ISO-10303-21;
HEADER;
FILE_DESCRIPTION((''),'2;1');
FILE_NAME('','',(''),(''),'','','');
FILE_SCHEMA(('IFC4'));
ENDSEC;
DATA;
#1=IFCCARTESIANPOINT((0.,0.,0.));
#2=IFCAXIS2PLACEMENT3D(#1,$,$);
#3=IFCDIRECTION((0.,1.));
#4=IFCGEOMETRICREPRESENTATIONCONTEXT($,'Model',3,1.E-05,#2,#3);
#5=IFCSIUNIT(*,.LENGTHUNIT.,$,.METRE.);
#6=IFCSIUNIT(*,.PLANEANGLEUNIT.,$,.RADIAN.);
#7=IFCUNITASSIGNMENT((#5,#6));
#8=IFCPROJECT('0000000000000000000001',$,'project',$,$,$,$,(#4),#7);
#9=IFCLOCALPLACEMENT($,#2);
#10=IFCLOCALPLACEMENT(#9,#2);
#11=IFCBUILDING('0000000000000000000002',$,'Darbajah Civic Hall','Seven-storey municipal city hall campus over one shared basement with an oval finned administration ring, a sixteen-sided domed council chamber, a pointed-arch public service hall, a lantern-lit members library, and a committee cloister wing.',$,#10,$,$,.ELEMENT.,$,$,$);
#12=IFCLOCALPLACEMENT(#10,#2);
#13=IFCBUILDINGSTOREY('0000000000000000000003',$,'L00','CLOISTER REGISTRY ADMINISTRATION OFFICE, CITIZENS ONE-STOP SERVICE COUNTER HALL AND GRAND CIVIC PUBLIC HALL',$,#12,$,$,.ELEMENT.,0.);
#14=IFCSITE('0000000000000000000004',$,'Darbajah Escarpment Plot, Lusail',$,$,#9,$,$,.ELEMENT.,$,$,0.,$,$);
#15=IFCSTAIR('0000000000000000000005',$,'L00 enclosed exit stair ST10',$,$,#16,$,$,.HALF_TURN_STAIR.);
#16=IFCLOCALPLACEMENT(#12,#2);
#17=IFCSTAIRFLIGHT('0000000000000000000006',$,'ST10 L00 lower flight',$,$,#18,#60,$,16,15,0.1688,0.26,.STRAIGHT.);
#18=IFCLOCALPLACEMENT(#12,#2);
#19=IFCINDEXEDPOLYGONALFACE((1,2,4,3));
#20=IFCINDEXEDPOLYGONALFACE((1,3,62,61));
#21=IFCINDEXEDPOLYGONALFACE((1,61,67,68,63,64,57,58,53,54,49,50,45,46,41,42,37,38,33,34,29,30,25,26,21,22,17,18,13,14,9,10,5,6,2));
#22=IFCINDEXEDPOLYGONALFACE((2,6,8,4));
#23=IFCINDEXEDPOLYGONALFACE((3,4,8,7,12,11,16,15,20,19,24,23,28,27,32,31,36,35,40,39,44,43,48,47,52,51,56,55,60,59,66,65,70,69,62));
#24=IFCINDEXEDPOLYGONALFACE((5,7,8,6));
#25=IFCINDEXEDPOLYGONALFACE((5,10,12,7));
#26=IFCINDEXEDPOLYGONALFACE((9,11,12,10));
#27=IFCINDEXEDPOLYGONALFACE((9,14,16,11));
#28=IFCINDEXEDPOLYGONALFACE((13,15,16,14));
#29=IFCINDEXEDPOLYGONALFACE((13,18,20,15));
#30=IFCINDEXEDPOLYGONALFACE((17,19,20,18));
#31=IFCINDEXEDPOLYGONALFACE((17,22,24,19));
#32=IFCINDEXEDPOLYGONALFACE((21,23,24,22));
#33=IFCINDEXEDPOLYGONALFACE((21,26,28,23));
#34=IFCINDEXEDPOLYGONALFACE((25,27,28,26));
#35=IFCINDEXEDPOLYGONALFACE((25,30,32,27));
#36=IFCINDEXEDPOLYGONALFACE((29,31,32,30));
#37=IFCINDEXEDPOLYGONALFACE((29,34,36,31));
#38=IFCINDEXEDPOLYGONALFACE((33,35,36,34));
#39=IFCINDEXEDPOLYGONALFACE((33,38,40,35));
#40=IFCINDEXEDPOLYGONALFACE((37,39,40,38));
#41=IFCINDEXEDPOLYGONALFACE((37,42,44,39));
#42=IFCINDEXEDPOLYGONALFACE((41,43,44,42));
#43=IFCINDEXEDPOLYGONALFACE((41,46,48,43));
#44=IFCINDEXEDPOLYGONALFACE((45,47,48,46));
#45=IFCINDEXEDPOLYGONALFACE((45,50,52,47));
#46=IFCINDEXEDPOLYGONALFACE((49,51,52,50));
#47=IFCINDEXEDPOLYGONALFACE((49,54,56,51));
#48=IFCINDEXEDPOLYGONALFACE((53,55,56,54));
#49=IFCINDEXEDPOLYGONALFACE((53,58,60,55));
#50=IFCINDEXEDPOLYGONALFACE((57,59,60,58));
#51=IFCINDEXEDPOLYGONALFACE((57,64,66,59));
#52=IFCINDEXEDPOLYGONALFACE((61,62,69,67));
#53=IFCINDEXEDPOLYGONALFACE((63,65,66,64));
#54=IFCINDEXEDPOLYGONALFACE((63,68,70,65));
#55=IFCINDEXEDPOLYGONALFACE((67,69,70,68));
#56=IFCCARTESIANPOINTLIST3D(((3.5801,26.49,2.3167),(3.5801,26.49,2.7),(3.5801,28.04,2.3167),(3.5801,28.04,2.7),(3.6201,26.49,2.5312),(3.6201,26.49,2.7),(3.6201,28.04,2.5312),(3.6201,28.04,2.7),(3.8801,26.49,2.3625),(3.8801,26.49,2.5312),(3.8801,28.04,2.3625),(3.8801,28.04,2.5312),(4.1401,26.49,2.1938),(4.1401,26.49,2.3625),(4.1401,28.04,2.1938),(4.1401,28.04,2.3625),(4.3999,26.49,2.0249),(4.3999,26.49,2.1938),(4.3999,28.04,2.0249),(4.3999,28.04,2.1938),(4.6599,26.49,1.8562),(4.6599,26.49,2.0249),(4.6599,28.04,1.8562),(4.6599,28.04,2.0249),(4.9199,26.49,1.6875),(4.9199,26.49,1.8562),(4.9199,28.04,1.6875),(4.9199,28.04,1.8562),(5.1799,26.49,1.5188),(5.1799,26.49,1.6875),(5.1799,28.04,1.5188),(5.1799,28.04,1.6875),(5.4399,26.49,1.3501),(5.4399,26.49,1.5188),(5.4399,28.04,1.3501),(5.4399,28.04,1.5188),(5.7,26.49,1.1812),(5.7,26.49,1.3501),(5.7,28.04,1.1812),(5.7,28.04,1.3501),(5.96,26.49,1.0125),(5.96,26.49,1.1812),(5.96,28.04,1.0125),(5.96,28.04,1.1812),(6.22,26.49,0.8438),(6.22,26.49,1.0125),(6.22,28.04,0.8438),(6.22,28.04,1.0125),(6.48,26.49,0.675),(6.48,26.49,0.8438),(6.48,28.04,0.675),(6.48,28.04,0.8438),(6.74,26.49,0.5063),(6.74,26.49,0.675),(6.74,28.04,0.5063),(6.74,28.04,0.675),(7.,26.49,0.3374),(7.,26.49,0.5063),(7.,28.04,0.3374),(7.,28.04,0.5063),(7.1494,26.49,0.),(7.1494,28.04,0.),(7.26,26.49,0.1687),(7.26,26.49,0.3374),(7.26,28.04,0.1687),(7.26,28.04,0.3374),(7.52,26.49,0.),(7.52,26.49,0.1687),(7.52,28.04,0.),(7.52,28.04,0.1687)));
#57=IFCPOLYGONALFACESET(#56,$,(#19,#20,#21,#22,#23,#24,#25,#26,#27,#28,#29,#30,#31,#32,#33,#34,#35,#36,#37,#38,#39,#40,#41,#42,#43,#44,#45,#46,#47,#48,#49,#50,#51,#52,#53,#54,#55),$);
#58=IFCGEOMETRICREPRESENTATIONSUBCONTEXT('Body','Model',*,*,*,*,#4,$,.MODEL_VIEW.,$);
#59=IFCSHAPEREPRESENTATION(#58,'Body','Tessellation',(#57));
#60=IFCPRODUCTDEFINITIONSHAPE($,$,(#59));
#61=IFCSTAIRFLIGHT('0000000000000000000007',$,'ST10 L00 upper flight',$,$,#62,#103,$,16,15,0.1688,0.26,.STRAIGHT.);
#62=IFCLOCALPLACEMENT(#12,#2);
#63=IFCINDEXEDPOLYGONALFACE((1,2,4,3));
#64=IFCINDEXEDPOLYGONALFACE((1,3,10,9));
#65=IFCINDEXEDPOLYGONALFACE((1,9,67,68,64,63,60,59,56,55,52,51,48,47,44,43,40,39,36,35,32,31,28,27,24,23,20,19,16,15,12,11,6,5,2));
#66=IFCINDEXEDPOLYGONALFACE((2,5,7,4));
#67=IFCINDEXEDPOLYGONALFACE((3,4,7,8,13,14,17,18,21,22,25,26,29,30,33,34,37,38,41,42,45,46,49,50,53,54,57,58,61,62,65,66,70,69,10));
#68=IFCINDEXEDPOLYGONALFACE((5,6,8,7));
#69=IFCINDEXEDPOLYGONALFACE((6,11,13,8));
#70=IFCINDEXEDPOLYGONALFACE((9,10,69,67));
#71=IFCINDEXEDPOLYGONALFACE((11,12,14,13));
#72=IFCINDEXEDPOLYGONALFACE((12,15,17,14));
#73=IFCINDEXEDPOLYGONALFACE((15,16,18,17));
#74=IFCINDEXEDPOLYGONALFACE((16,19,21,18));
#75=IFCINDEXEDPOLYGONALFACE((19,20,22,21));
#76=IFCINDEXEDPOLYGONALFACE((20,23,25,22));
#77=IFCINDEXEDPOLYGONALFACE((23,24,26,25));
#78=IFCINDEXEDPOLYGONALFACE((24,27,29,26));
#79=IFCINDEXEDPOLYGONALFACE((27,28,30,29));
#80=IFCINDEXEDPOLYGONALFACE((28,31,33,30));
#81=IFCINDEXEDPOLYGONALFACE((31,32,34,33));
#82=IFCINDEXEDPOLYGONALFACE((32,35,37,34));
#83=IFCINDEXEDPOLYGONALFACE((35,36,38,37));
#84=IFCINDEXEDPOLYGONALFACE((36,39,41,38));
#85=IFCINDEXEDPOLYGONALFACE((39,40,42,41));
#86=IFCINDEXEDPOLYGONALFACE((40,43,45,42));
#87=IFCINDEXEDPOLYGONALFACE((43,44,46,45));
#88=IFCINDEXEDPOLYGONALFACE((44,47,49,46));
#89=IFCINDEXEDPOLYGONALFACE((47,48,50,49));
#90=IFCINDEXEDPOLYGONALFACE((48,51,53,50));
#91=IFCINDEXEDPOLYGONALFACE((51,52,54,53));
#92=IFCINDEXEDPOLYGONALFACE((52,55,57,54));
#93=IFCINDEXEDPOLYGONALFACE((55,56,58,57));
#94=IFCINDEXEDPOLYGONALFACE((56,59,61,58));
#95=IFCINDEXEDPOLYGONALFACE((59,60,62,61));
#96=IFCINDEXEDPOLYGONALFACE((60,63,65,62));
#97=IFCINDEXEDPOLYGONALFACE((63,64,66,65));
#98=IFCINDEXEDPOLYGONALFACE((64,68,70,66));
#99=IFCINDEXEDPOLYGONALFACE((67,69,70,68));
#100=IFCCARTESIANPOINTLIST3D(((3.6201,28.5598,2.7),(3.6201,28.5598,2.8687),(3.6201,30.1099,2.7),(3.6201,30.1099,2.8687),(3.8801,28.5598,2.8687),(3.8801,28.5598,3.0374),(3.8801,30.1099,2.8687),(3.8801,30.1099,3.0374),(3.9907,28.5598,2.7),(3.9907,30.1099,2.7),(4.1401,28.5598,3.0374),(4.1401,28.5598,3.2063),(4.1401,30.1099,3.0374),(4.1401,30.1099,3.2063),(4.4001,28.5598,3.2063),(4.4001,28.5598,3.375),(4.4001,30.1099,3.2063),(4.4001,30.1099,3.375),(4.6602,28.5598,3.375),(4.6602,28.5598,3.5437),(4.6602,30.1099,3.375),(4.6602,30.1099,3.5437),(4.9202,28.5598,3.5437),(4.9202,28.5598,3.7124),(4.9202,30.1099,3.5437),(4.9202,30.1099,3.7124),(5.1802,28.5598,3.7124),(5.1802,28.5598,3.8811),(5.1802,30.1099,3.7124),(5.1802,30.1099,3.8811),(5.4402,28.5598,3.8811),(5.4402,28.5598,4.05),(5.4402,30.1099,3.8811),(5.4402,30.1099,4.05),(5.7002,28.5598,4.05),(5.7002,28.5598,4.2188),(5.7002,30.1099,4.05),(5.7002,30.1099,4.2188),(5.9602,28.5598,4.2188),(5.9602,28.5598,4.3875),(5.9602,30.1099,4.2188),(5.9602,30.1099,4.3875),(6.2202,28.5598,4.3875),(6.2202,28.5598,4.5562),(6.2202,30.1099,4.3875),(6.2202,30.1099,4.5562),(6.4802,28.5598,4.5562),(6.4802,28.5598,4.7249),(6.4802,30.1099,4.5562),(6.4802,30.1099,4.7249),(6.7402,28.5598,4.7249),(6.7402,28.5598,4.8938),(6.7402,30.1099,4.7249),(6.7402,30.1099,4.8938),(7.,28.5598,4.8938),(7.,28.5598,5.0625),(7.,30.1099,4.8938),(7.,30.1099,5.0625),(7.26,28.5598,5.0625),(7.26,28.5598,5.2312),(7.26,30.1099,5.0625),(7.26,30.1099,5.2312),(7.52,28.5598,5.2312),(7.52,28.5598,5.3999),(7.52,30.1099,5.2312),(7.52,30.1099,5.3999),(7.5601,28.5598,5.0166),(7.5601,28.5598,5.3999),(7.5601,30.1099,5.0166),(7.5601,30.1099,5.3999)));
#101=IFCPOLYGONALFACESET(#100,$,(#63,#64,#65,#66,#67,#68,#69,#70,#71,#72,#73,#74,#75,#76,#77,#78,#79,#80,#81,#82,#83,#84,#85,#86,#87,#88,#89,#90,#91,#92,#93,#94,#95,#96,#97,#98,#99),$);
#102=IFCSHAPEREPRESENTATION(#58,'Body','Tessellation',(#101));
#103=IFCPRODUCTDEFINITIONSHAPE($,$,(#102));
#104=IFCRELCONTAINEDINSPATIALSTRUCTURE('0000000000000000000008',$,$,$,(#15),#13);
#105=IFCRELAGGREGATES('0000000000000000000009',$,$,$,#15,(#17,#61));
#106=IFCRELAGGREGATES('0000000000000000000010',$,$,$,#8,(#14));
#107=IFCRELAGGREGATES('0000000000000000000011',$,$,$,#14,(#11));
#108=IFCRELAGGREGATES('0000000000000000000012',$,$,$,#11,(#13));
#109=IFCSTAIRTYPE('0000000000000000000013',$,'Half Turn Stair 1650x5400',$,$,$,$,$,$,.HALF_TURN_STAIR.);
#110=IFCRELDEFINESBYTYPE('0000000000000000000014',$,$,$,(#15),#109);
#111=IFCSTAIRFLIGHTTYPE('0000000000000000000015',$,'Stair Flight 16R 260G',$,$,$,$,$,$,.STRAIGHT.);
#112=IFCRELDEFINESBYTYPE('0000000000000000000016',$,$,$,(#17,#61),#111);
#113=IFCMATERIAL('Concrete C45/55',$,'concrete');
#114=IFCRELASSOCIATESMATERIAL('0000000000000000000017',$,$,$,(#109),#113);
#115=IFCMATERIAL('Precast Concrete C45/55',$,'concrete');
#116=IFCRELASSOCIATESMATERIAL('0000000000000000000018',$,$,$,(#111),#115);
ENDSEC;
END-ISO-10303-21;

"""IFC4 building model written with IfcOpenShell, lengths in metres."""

from ifc_helpers import new_model, si_unit, direction, frame, origin, place, context, subcontext, project, spatial, polyline, outline, extrude, material, type_object, element, aggregate, save


model = new_model("IFC4")

# Units and contexts
model_context = context("Model", 3, precision=1e-05, world=origin(), true_north=direction((0.0, 1.0)))
body_context = subcontext(model_context, "Body", "Model", "MODEL_VIEW")
ifc_project = project(units=[si_unit("LENGTHUNIT", "METRE"), si_unit("PLANEANGLEUNIT", "RADIAN")], contexts=[model_context])

# Site, building, storey
site_placement = place(None, origin())
site = spatial("IfcSite", under=ifc_project, at=site_placement, Name="Darbajah Escarpment Plot, Lusail", CompositionType="ELEMENT", RefElevation=0.0)
building_placement = place(site_placement, origin())
building = spatial("IfcBuilding", under=site, at=building_placement, Name="Darbajah Civic Hall", Description="Seven-storey municipal city hall campus over one shared basement with an oval finned administration ring, a sixteen-sided domed council chamber, a pointed-arch public service hall, a lantern-lit members library, and a committee cloister wing.", CompositionType="ELEMENT")
storey_placement = place(building_placement, origin())
storey = spatial("IfcBuildingStorey", under=building, at=storey_placement, Name="L00", Description="CLOISTER REGISTRY ADMINISTRATION OFFICE, CITIZENS ONE-STOP SERVICE COUNTER HALL AND GRAND CIVIC PUBLIC HALL", CompositionType="ELEMENT", Elevation=0.0)

# Shared definitions
ifc_material_1 = material(Name="Concrete C45/55", Category="concrete")

# Stair, stair flights
stair_type = type_object("IfcStairType", Name="Half Turn Stair 1650x5400", PredefinedType="HALF_TURN_STAIR", material=ifc_material_1)
stair_placement = place(storey_placement, origin())
stair = element("IfcStair", 1, at=stair_placement, inside=storey, type_object=stair_type, Name="L00 enclosed exit stair ST10", PredefinedType="HALF_TURN_STAIR")
ifc_material_2 = material(Name="Precast Concrete C45/55", Category="concrete")
stair_flight_type = type_object("IfcStairFlightType", Name="Stair Flight 16R 260G", PredefinedType="STRAIGHT", material=ifc_material_2)
stair_flight_1_placement = place(storey_placement, frame((7.52, 27.2649, 0.0), z_axis=(0.0, 0.0, 1.0), x_axis=(-1.0, 0.0, 0.0)))
stair_flight_1 = element("IfcStairFlight", 2, at=stair_flight_1_placement, type_object=stair_flight_type, Name="ST10 L00 lower flight", NumberOfRisers=16, NumberOfTreads=15, PredefinedType="STRAIGHT", RiserHeight=0.1688, TreadLength=0.26, context=body_context, shape_type="SweptSolid", body=[
    extrude(outline(polyline([(0.0, 0.0), (0.0, 0.1687), (0.26, 0.1687), (0.26, 0.3374), (0.52, 0.3374), (0.52, 0.5063), (0.78, 0.5063), (0.78, 0.675), (1.04, 0.675), (1.04, 0.8438), (1.3, 0.8438), (1.3, 1.0125), (1.5601, 1.0125), (1.5601, 1.1812), (1.8201, 1.1812), (1.8201, 1.3501), (2.0801, 1.3501), (2.0801, 1.5188), (2.3401, 1.5188), (2.3401, 1.6875), (2.6001, 1.6875), (2.6001, 1.8562), (2.8601, 1.8562), (2.8601, 2.0249), (3.1201, 2.0249), (3.1201, 2.1938), (3.3799, 2.1938), (3.3799, 2.3625), (3.6399, 2.3625), (3.6399, 2.5312), (3.8999, 2.5312), (3.8999, 2.7), (3.9399, 2.7), (3.9399, 2.3167), (0.3706, 0.0), (0.0, 0.0)])), frame((0.0, 0.7749, 0.0), z_axis=(0.0, -1.0, 0.0), x_axis=(1.0, 0.0, 0.0)), (0.0, 0.0, 1.0), 1.55),
])
stair_flight_2_placement = place(storey_placement, frame((3.6201, 29.335, 2.7), z_axis=(0.0, 0.0, 1.0), x_axis=(1.0, 0.0, 0.0)))
stair_flight_2 = element("IfcStairFlight", 3, at=stair_flight_2_placement, type_object=stair_flight_type, Name="ST10 L00 upper flight", NumberOfRisers=16, NumberOfTreads=15, PredefinedType="STRAIGHT", RiserHeight=0.1688, TreadLength=0.26, context=body_context, shape_type="SweptSolid", body=[
    extrude(outline(polyline([(0.0, 0.0), (0.0, 0.1687), (0.26, 0.1687), (0.26, 0.3374), (0.52, 0.3374), (0.52, 0.5063), (0.78, 0.5063), (0.78, 0.675), (1.04, 0.675), (1.04, 0.8438), (1.3, 0.8438), (1.3, 1.0125), (1.5601, 1.0125), (1.5601, 1.1812), (1.8201, 1.1812), (1.8201, 1.3501), (2.0801, 1.3501), (2.0801, 1.5188), (2.3401, 1.5188), (2.3401, 1.6875), (2.6001, 1.6875), (2.6001, 1.8562), (2.8601, 1.8562), (2.8601, 2.0249), (3.1201, 2.0249), (3.1201, 2.1938), (3.3799, 2.1938), (3.3799, 2.3625), (3.6399, 2.3625), (3.6399, 2.5312), (3.8999, 2.5312), (3.8999, 2.7), (3.9399, 2.7), (3.9399, 2.3167), (0.3706, 0.0), (0.0, 0.0)])), frame((0.0, 0.7749, 0.0), z_axis=(0.0, -1.0, 0.0), x_axis=(1.0, 0.0, 0.0)), (0.0, 0.0, 1.0), 1.55),
])
aggregate(stair, [stair_flight_1, stair_flight_2])

save(model, "model.ifc")
